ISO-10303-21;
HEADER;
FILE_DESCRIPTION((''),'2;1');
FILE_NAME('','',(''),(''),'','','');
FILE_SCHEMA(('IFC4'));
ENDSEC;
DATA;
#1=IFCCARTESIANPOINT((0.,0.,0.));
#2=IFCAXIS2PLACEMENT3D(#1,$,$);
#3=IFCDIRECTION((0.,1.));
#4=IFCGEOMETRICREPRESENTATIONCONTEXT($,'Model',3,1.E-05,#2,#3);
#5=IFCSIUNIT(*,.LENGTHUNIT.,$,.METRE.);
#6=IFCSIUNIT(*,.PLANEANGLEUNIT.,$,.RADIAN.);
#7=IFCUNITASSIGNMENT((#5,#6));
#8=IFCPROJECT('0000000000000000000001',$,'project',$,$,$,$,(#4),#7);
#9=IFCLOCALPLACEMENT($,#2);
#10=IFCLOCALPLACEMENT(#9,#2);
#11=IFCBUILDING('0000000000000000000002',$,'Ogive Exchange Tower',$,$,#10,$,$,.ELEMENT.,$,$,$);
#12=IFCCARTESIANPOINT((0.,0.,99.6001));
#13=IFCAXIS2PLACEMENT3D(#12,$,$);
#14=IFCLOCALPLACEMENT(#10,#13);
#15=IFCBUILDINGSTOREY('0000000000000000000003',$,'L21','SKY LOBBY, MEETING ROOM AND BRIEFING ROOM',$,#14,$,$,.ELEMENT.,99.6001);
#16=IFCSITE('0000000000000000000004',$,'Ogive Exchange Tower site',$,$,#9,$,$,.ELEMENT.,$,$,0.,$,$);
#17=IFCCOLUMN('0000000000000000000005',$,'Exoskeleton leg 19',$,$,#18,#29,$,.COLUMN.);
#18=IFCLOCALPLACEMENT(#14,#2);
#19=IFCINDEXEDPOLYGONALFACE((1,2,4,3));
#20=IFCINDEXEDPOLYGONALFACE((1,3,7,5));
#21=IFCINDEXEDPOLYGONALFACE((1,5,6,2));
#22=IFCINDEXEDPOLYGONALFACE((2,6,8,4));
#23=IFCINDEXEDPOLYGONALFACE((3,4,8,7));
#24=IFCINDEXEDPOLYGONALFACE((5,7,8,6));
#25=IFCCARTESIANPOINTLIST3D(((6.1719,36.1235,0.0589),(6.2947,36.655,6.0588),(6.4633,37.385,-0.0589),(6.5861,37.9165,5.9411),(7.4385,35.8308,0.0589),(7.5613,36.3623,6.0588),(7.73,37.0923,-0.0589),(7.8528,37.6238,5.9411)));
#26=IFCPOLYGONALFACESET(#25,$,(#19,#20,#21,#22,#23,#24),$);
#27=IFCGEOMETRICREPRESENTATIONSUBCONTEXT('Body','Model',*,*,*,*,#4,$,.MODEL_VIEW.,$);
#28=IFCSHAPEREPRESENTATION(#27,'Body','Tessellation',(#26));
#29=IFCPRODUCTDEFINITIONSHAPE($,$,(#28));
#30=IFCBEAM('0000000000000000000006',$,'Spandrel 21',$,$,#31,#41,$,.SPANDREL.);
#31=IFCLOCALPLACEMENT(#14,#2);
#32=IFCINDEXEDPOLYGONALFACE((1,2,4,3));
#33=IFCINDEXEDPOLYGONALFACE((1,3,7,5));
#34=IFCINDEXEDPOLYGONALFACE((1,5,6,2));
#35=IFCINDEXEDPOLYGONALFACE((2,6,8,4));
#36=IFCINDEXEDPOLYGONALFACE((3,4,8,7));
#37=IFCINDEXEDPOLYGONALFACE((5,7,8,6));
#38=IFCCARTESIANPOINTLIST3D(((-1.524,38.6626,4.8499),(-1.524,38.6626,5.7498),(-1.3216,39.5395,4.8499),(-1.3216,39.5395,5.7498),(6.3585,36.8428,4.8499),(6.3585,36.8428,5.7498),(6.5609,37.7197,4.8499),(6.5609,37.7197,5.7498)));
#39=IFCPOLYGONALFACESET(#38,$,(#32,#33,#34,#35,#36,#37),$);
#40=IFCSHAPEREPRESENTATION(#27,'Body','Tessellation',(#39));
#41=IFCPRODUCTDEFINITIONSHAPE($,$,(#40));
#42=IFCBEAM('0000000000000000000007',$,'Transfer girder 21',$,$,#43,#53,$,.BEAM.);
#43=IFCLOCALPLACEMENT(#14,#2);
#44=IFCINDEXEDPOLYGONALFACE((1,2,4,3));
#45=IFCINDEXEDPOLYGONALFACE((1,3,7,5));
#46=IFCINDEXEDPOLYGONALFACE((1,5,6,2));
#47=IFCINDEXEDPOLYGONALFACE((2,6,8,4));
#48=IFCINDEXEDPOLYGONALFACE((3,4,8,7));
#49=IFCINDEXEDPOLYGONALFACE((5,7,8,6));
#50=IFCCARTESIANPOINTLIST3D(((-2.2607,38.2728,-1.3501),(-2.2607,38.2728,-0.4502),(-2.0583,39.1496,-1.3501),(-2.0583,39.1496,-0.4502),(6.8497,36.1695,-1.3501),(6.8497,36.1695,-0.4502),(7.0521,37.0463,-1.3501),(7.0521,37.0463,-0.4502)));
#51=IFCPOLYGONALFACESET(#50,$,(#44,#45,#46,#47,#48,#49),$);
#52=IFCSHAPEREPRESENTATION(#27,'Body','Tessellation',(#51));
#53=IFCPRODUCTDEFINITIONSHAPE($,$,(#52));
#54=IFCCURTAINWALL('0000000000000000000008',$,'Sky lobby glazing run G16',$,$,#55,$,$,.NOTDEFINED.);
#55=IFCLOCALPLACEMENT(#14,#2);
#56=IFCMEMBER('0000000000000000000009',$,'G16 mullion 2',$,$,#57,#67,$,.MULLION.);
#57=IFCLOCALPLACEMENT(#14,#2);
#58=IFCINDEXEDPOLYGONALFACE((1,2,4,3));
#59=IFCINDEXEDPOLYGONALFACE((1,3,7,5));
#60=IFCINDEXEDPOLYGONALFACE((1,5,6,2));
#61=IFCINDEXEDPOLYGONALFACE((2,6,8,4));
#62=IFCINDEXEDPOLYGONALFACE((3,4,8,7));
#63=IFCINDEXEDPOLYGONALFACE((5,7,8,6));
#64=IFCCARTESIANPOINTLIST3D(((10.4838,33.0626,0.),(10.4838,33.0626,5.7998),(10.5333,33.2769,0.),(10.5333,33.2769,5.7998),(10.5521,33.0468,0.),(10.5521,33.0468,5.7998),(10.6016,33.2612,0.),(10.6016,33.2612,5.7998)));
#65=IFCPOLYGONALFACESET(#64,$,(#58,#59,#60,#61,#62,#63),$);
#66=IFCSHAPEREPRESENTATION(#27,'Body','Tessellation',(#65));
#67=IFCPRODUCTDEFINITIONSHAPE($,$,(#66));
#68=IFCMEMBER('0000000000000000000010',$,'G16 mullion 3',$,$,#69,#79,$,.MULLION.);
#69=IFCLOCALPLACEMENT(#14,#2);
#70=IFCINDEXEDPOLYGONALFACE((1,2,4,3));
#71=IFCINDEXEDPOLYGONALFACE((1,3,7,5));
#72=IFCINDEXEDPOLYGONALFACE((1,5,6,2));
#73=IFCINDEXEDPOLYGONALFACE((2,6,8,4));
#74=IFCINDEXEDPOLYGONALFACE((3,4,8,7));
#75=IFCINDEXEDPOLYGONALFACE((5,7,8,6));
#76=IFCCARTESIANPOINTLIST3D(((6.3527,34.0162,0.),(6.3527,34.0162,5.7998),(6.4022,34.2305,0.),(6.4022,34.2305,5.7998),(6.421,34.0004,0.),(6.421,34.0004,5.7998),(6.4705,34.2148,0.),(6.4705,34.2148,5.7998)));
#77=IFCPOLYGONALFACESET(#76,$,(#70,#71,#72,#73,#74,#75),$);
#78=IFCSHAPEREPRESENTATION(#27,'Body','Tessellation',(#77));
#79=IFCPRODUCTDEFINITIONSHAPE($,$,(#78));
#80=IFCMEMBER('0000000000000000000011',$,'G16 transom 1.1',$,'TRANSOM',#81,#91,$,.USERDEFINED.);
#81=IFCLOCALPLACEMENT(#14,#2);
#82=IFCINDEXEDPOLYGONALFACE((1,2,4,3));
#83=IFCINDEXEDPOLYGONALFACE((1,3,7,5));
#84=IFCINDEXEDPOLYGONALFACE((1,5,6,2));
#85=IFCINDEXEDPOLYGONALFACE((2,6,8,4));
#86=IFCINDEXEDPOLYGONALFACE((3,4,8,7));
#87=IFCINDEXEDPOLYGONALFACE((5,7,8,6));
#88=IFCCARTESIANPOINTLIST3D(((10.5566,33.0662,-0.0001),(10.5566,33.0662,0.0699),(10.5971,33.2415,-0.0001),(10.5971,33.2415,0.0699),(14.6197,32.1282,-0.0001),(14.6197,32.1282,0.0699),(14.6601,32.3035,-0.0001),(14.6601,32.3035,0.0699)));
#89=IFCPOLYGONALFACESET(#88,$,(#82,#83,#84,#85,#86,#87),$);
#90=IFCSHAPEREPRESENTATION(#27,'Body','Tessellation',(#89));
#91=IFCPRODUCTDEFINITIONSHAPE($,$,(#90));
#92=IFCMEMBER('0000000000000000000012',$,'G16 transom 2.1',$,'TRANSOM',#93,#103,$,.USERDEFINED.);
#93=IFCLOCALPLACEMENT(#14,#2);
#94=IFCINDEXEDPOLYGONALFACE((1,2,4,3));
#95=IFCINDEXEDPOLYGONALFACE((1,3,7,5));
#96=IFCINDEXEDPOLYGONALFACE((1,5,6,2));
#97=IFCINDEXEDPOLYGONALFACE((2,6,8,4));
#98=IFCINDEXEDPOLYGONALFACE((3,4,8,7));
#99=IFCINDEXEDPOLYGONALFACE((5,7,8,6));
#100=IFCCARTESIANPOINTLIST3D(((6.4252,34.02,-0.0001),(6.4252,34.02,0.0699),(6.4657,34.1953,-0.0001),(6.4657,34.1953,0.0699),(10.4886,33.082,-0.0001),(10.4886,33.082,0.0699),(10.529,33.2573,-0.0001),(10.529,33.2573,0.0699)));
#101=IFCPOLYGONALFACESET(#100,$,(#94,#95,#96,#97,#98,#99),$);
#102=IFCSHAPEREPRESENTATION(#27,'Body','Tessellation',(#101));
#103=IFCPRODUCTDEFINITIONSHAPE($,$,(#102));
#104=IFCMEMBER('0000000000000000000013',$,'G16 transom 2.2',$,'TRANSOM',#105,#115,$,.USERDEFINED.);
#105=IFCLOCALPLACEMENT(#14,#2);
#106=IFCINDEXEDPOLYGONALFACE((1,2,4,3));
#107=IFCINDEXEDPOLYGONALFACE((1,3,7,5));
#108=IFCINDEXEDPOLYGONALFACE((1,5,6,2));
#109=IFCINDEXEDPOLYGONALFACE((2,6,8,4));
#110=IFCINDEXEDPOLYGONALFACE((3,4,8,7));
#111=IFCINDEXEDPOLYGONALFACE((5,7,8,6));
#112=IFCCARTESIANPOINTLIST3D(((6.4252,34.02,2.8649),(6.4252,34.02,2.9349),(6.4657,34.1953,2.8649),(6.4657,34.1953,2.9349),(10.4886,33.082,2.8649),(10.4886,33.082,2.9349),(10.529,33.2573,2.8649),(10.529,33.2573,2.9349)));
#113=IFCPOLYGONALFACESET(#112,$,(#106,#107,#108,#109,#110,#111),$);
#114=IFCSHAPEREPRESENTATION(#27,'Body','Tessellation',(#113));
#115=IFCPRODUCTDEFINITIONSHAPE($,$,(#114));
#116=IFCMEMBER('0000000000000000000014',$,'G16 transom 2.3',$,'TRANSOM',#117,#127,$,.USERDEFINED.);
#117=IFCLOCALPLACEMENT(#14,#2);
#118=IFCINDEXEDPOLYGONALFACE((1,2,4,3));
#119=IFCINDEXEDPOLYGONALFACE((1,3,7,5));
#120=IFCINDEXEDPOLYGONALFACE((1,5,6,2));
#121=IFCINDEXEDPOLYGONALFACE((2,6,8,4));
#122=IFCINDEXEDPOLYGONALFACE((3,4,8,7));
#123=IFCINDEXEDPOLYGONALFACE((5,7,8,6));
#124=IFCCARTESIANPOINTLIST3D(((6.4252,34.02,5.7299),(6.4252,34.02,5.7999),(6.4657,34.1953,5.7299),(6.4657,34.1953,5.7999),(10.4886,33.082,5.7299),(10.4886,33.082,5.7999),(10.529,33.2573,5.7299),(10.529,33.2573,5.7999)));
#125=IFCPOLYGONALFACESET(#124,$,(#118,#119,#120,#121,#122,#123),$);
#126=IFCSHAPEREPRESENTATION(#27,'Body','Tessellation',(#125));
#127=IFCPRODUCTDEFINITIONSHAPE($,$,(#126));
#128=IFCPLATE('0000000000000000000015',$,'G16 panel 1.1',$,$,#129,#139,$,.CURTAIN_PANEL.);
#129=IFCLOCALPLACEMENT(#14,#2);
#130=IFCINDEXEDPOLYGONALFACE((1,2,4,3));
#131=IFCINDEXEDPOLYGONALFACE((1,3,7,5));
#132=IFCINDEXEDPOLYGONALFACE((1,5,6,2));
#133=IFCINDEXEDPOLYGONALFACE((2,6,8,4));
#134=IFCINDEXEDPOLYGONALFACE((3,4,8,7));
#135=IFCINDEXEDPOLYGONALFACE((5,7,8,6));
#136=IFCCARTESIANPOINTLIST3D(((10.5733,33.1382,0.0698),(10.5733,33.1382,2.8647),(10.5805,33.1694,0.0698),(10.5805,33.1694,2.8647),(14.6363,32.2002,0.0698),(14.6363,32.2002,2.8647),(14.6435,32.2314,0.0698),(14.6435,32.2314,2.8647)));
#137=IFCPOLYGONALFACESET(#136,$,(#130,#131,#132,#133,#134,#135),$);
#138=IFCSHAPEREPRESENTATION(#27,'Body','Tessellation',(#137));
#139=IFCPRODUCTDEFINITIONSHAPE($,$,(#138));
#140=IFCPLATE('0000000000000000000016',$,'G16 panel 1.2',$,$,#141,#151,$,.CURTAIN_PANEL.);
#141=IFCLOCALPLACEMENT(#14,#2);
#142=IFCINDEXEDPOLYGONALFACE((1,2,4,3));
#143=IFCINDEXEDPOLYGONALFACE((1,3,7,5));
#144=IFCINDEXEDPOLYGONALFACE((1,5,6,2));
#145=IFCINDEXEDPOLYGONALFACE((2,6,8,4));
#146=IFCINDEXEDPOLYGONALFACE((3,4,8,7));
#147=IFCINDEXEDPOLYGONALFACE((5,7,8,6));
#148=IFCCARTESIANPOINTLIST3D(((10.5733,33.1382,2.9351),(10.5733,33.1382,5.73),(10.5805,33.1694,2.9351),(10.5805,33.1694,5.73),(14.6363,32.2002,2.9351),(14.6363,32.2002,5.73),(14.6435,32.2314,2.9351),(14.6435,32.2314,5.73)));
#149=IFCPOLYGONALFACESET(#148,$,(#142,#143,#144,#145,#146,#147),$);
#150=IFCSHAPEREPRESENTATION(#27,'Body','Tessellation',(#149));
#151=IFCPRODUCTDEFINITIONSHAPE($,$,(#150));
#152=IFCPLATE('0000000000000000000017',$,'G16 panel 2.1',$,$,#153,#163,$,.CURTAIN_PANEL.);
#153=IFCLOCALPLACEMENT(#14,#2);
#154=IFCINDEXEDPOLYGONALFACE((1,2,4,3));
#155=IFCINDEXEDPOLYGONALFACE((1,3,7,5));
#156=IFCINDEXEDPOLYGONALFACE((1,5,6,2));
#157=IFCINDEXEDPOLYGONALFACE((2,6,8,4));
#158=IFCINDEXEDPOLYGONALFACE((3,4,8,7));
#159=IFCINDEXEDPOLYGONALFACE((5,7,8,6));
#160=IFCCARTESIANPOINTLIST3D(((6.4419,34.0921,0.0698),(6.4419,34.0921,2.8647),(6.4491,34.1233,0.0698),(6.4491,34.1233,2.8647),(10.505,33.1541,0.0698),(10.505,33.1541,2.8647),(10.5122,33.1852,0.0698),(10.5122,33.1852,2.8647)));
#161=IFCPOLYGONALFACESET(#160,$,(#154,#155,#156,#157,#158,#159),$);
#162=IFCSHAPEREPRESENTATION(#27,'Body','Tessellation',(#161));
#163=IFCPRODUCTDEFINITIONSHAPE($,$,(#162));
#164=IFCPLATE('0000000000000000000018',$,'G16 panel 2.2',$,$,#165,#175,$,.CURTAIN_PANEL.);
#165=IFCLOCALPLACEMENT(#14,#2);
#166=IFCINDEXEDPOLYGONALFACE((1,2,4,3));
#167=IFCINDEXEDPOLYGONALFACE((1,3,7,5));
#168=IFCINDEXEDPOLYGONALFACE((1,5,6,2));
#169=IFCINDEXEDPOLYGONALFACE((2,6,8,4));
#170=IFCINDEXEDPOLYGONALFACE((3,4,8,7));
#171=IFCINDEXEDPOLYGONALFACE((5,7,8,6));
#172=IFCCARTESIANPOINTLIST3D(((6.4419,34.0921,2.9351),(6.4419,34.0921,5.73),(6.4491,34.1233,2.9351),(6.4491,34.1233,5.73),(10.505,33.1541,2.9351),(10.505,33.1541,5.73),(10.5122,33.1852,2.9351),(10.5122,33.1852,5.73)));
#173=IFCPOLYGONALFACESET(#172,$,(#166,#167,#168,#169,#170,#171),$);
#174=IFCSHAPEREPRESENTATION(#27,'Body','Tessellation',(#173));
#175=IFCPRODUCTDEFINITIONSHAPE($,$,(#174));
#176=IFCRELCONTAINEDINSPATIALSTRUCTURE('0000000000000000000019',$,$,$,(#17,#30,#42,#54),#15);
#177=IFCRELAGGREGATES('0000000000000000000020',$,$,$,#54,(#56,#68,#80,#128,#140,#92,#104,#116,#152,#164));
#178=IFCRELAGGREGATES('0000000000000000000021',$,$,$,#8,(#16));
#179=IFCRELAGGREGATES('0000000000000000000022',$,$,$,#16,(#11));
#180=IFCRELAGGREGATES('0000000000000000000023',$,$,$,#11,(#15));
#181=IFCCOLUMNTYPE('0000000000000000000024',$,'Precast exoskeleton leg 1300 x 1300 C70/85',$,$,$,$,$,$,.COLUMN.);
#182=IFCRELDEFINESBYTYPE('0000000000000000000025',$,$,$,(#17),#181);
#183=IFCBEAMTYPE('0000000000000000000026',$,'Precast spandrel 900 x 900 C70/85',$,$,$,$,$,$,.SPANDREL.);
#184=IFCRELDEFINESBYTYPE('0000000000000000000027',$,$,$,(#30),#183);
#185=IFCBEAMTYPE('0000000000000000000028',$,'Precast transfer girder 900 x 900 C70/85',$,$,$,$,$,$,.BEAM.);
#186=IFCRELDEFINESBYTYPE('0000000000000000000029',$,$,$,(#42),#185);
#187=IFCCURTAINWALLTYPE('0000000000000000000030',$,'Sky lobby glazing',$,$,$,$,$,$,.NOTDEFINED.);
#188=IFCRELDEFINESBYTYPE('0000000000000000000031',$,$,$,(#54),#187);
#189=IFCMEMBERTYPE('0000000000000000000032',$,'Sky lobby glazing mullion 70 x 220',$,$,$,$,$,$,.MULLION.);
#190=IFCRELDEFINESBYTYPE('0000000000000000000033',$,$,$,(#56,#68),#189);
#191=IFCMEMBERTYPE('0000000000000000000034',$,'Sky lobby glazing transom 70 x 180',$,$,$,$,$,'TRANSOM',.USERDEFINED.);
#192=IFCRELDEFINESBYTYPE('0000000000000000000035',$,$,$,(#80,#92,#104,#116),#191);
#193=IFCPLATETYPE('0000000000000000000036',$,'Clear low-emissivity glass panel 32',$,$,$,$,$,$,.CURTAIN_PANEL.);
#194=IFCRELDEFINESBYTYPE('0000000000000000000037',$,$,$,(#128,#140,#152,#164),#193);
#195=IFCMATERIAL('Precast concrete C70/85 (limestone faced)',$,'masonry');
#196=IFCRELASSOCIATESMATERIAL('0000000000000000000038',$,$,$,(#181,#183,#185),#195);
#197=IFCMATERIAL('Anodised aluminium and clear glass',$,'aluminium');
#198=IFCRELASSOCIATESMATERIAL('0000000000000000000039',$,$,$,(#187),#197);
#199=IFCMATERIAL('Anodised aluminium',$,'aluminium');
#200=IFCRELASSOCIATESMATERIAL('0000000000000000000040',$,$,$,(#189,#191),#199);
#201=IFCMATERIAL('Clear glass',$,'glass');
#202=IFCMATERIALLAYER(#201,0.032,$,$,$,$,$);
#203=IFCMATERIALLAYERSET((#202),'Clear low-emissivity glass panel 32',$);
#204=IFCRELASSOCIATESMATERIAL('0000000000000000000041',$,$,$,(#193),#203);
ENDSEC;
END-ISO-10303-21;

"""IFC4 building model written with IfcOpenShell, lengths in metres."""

from ifc_helpers import new_model, si_unit, direction, frame, origin, origin_2d, place, context, subcontext, project, spatial, rectangle, extrude, material, layer, layer_set, material_profile, profile_set, type_object, element, aggregate, save


model = new_model("IFC4")

# Units and contexts
model_context = context("Model", 3, precision=1e-05, world=origin(), true_north=direction((0.0, 1.0)))
body_context = subcontext(model_context, "Body", "Model", "MODEL_VIEW")
ifc_project = project(units=[si_unit("LENGTHUNIT", "METRE"), si_unit("PLANEANGLEUNIT", "RADIAN")], contexts=[model_context])

# Site, building, storey
site_placement = place(None, origin())
site = spatial("IfcSite", under=ifc_project, at=site_placement, Name="Ogive Exchange Tower site", CompositionType="ELEMENT", RefElevation=0.0)
building_placement = place(site_placement, origin())
building = spatial("IfcBuilding", under=site, at=building_placement, Name="Ogive Exchange Tower", CompositionType="ELEMENT")
storey_placement = place(building_placement, frame((0.0, 0.0, 99.6001)))
storey = spatial("IfcBuildingStorey", under=building, at=storey_placement, Name="L21", Description="SKY LOBBY, MEETING ROOM AND BRIEFING ROOM", CompositionType="ELEMENT", Elevation=99.6001)

# Column
ifc_material_1 = material(Name="Precast concrete C70/85 (limestone faced)", Category="masonry")
ifc_material_profile_1 = material_profile(ifc_material_1, rectangle(XDim=1.3, YDim=1.3, at=origin_2d()), Name="1300 x 1300")
ifc_profile_set_1 = profile_set([ifc_material_profile_1], Name="Precast concrete C70/85 (limestone faced)")
column_type = type_object("IfcColumnType", Name="Precast exoskeleton leg 1300 x 1300 C70/85", PredefinedType="COLUMN", material=ifc_profile_set_1)
column_placement = place(storey_placement, frame((6.9509, 36.6079, 0.0), z_axis=(0.020383, 0.088219, 0.995893), x_axis=(-0.974331, 0.225121, 0.0)))
element("IfcColumn", 1, at=column_placement, inside=storey, type_object=column_type, Name="Exoskeleton leg 19", PredefinedType="COLUMN", context=body_context, shape_type="SweptSolid", body=[
    extrude(rectangle(XDim=1.3, YDim=1.3, at=origin_2d()), origin(), (0.0, 0.0, 1.0), 6.0247),
])

# Beams
ifc_material_profile_2 = material_profile(ifc_material_1, rectangle(XDim=0.8999, YDim=0.8999, at=origin_2d()), Name="900 x 900")
ifc_profile_set_2 = profile_set([ifc_material_profile_2], Name="Precast concrete C70/85 (limestone faced)")
beam_type_1 = type_object("IfcBeamType", Name="Precast spandrel 900 x 900 C70/85", PredefinedType="SPANDREL", material=ifc_profile_set_2)
beam_1_placement = place(storey_placement, frame((6.4597, 37.2812, 5.2998), z_axis=(-0.97437, 0.22495, 0.0), x_axis=(-0.22495, -0.97437, 0.0)))
element("IfcBeam", 2, at=beam_1_placement, inside=storey, type_object=beam_type_1, Name="Spandrel 21", PredefinedType="SPANDREL", context=body_context, shape_type="SweptSolid", body=[
    extrude(rectangle(XDim=0.8999, YDim=0.8999, at=origin_2d()), origin(), (0.0, 0.0, 1.0), 8.0898),
])
ifc_material_profile_3 = material_profile(ifc_material_1, rectangle(XDim=0.8999, YDim=0.8999, at=origin_2d()), Name="900 x 900")
ifc_profile_set_3 = profile_set([ifc_material_profile_3], Name="Precast concrete C70/85 (limestone faced)")
beam_type_2 = type_object("IfcBeamType", Name="Precast transfer girder 900 x 900 C70/85", PredefinedType="BEAM", material=ifc_profile_set_3)
beam_2_placement = place(storey_placement, frame((6.9509, 36.6079, -0.9001), z_axis=(-0.974371, 0.224949, 0.0), x_axis=(-0.224949, -0.974371, 0.0)))
element("IfcBeam", 3, at=beam_2_placement, inside=storey, type_object=beam_type_2, Name="Transfer girder 21", PredefinedType="BEAM", context=body_context, shape_type="SweptSolid", body=[
    extrude(rectangle(XDim=0.8999, YDim=0.8999, at=origin_2d()), origin(), (0.0, 0.0, 1.0), 9.3501),
])

# Curtain wall, members, plates
ifc_material_2 = material(Name="Anodised aluminium and clear glass", Category="aluminium")
curtain_wall_type = type_object("IfcCurtainWallType", Name="Sky lobby glazing", PredefinedType="NOTDEFINED", material=ifc_material_2)
curtain_wall_placement = place(storey_placement, origin())
curtain_wall = element("IfcCurtainWall", 4, at=curtain_wall_placement, inside=storey, type_object=curtain_wall_type, Name="Sky lobby glazing run G16", PredefinedType="NOTDEFINED")
ifc_material_3 = material(Name="Anodised aluminium", Category="aluminium")
ifc_material_profile_4 = material_profile(ifc_material_3, rectangle(XDim=0.22, YDim=0.0701, at=origin_2d()), Name="AL 70x220")
ifc_profile_set_4 = profile_set([ifc_material_profile_4], Name="Anodised aluminium")
member_type_1 = type_object("IfcMemberType", Name="Sky lobby glazing mullion 70 x 220", PredefinedType="MULLION", material=ifc_profile_set_4)
member_1_placement = place(storey_placement, frame((10.5427, 33.1619, 0.0), z_axis=(0.0, 0.0, 1.0), x_axis=(-0.224949, -0.97437, 0.0)))
member_1 = element("IfcMember", 5, at=member_1_placement, type_object=member_type_1, Name="G16 mullion 2", PredefinedType="MULLION", context=body_context, shape_type="SweptSolid", body=[
    extrude(rectangle(XDim=0.22, YDim=0.0701, at=origin_2d()), origin(), (0.0, 0.0, 1.0), 5.7998),
])
member_2_placement = place(storey_placement, frame((6.4116, 34.1155, 0.0), z_axis=(0.0, 0.0, 1.0), x_axis=(-0.224949, -0.97437, 0.0)))
member_2 = element("IfcMember", 6, at=member_2_placement, type_object=member_type_1, Name="G16 mullion 3", PredefinedType="MULLION", context=body_context, shape_type="SweptSolid", body=[
    extrude(rectangle(XDim=0.22, YDim=0.0701, at=origin_2d()), origin(), (0.0, 0.0, 1.0), 5.7998),
])
ifc_material_profile_5 = material_profile(ifc_material_3, rectangle(XDim=0.1799, YDim=0.0701, at=origin_2d()), Name="AL 70x180")
ifc_profile_set_5 = profile_set([ifc_material_profile_5], Name="Anodised aluminium")
member_type_2 = type_object("IfcMemberType", Name="Sky lobby glazing transom 70 x 180", ElementType="TRANSOM", PredefinedType="USERDEFINED", material=ifc_profile_set_5)
member_3_placement = place(storey_placement, frame((14.6399, 32.2158, 0.0349), z_axis=(-0.974371, 0.224945, 0.0), x_axis=(-0.224945, -0.974371, 0.0)))
member_3 = element("IfcMember", 7, at=member_3_placement, type_object=member_type_2, Name="G16 transom 1.1", ObjectType="TRANSOM", PredefinedType="USERDEFINED", context=body_context, shape_type="SweptSolid", body=[
    extrude(rectangle(XDim=0.1799, YDim=0.0701, at=origin_2d()), origin(), (0.0, 0.0, 1.0), 4.1699),
])
member_4_placement = place(storey_placement, frame((10.5088, 33.1697, 0.0349), z_axis=(-0.974374, 0.224932, 0.0), x_axis=(-0.224932, -0.974374, 0.0)))
member_4 = element("IfcMember", 8, at=member_4_placement, type_object=member_type_2, Name="G16 transom 2.1", ObjectType="TRANSOM", PredefinedType="USERDEFINED", context=body_context, shape_type="SweptSolid", body=[
    extrude(rectangle(XDim=0.1799, YDim=0.0701, at=origin_2d()), origin(), (0.0, 0.0, 1.0), 4.1702),
])
member_5_placement = place(storey_placement, frame((10.5088, 33.1697, 2.8999), z_axis=(-0.974374, 0.224932, 0.0), x_axis=(-0.224932, -0.974374, 0.0)))
member_5 = element("IfcMember", 9, at=member_5_placement, type_object=member_type_2, Name="G16 transom 2.2", ObjectType="TRANSOM", PredefinedType="USERDEFINED", context=body_context, shape_type="SweptSolid", body=[
    extrude(rectangle(XDim=0.1799, YDim=0.0701, at=origin_2d()), origin(), (0.0, 0.0, 1.0), 4.1702),
])
member_6_placement = place(storey_placement, frame((10.5088, 33.1697, 5.7649), z_axis=(-0.974374, 0.224932, 0.0), x_axis=(-0.224932, -0.974374, 0.0)))
member_6 = element("IfcMember", 10, at=member_6_placement, type_object=member_type_2, Name="G16 transom 2.3", ObjectType="TRANSOM", PredefinedType="USERDEFINED", context=body_context, shape_type="SweptSolid", body=[
    extrude(rectangle(XDim=0.1799, YDim=0.0701, at=origin_2d()), origin(), (0.0, 0.0, 1.0), 4.1702),
])
ifc_material_4 = material(Name="Clear glass", Category="glass")
ifc_layer_1 = layer(ifc_material_4, 0.032)
ifc_layer_set_1 = layer_set([ifc_layer_1], Name="Clear low-emissivity glass panel 32")
plate_type = type_object("IfcPlateType", Name="Clear low-emissivity glass panel 32", PredefinedType="CURTAIN_PANEL", material=ifc_layer_set_1)
plate_1_placement = place(storey_placement, frame((12.6084, 32.6848, 0.0698), z_axis=(0.0, 0.0, 1.0), x_axis=(-0.97437, 0.224949, 0.0)))
plate_1 = element("IfcPlate", 11, at=plate_1_placement, type_object=plate_type, Name="G16 panel 1.1", PredefinedType="CURTAIN_PANEL", context=body_context, shape_type="SweptSolid", body=[
    extrude(rectangle(XDim=4.1699, YDim=0.032, at=origin_2d()), origin(), (0.0, 0.0, 1.0), 2.7949),
])
plate_2_placement = place(storey_placement, frame((12.6084, 32.6848, 2.9351), z_axis=(0.0, 0.0, 1.0), x_axis=(-0.97437, 0.224949, 0.0)))
plate_2 = element("IfcPlate", 12, at=plate_2_placement, type_object=plate_type, Name="G16 panel 1.2", PredefinedType="CURTAIN_PANEL", context=body_context, shape_type="SweptSolid", body=[
    extrude(rectangle(XDim=4.1699, YDim=0.032, at=origin_2d()), origin(), (0.0, 0.0, 1.0), 2.7949),
])
plate_3_placement = place(storey_placement, frame((8.4771, 33.6387, 0.0698), z_axis=(0.0, 0.0, 1.0), x_axis=(-0.97437, 0.224949, 0.0)))
plate_3 = element("IfcPlate", 13, at=plate_3_placement, type_object=plate_type, Name="G16 panel 2.1", PredefinedType="CURTAIN_PANEL", context=body_context, shape_type="SweptSolid", body=[
    extrude(rectangle(XDim=4.1699, YDim=0.032, at=origin_2d()), origin(), (0.0, 0.0, 1.0), 2.7949),
])
plate_4_placement = place(storey_placement, frame((8.4771, 33.6387, 2.9351), z_axis=(0.0, 0.0, 1.0), x_axis=(-0.97437, 0.224949, 0.0)))
plate_4 = element("IfcPlate", 14, at=plate_4_placement, type_object=plate_type, Name="G16 panel 2.2", PredefinedType="CURTAIN_PANEL", context=body_context, shape_type="SweptSolid", body=[
    extrude(rectangle(XDim=4.1699, YDim=0.032, at=origin_2d()), origin(), (0.0, 0.0, 1.0), 2.7949),
])
aggregate(curtain_wall, [member_1, member_2, member_3, plate_1, plate_2, member_4, member_5, member_6, plate_3, plate_4])

save(model, "model.ifc")
